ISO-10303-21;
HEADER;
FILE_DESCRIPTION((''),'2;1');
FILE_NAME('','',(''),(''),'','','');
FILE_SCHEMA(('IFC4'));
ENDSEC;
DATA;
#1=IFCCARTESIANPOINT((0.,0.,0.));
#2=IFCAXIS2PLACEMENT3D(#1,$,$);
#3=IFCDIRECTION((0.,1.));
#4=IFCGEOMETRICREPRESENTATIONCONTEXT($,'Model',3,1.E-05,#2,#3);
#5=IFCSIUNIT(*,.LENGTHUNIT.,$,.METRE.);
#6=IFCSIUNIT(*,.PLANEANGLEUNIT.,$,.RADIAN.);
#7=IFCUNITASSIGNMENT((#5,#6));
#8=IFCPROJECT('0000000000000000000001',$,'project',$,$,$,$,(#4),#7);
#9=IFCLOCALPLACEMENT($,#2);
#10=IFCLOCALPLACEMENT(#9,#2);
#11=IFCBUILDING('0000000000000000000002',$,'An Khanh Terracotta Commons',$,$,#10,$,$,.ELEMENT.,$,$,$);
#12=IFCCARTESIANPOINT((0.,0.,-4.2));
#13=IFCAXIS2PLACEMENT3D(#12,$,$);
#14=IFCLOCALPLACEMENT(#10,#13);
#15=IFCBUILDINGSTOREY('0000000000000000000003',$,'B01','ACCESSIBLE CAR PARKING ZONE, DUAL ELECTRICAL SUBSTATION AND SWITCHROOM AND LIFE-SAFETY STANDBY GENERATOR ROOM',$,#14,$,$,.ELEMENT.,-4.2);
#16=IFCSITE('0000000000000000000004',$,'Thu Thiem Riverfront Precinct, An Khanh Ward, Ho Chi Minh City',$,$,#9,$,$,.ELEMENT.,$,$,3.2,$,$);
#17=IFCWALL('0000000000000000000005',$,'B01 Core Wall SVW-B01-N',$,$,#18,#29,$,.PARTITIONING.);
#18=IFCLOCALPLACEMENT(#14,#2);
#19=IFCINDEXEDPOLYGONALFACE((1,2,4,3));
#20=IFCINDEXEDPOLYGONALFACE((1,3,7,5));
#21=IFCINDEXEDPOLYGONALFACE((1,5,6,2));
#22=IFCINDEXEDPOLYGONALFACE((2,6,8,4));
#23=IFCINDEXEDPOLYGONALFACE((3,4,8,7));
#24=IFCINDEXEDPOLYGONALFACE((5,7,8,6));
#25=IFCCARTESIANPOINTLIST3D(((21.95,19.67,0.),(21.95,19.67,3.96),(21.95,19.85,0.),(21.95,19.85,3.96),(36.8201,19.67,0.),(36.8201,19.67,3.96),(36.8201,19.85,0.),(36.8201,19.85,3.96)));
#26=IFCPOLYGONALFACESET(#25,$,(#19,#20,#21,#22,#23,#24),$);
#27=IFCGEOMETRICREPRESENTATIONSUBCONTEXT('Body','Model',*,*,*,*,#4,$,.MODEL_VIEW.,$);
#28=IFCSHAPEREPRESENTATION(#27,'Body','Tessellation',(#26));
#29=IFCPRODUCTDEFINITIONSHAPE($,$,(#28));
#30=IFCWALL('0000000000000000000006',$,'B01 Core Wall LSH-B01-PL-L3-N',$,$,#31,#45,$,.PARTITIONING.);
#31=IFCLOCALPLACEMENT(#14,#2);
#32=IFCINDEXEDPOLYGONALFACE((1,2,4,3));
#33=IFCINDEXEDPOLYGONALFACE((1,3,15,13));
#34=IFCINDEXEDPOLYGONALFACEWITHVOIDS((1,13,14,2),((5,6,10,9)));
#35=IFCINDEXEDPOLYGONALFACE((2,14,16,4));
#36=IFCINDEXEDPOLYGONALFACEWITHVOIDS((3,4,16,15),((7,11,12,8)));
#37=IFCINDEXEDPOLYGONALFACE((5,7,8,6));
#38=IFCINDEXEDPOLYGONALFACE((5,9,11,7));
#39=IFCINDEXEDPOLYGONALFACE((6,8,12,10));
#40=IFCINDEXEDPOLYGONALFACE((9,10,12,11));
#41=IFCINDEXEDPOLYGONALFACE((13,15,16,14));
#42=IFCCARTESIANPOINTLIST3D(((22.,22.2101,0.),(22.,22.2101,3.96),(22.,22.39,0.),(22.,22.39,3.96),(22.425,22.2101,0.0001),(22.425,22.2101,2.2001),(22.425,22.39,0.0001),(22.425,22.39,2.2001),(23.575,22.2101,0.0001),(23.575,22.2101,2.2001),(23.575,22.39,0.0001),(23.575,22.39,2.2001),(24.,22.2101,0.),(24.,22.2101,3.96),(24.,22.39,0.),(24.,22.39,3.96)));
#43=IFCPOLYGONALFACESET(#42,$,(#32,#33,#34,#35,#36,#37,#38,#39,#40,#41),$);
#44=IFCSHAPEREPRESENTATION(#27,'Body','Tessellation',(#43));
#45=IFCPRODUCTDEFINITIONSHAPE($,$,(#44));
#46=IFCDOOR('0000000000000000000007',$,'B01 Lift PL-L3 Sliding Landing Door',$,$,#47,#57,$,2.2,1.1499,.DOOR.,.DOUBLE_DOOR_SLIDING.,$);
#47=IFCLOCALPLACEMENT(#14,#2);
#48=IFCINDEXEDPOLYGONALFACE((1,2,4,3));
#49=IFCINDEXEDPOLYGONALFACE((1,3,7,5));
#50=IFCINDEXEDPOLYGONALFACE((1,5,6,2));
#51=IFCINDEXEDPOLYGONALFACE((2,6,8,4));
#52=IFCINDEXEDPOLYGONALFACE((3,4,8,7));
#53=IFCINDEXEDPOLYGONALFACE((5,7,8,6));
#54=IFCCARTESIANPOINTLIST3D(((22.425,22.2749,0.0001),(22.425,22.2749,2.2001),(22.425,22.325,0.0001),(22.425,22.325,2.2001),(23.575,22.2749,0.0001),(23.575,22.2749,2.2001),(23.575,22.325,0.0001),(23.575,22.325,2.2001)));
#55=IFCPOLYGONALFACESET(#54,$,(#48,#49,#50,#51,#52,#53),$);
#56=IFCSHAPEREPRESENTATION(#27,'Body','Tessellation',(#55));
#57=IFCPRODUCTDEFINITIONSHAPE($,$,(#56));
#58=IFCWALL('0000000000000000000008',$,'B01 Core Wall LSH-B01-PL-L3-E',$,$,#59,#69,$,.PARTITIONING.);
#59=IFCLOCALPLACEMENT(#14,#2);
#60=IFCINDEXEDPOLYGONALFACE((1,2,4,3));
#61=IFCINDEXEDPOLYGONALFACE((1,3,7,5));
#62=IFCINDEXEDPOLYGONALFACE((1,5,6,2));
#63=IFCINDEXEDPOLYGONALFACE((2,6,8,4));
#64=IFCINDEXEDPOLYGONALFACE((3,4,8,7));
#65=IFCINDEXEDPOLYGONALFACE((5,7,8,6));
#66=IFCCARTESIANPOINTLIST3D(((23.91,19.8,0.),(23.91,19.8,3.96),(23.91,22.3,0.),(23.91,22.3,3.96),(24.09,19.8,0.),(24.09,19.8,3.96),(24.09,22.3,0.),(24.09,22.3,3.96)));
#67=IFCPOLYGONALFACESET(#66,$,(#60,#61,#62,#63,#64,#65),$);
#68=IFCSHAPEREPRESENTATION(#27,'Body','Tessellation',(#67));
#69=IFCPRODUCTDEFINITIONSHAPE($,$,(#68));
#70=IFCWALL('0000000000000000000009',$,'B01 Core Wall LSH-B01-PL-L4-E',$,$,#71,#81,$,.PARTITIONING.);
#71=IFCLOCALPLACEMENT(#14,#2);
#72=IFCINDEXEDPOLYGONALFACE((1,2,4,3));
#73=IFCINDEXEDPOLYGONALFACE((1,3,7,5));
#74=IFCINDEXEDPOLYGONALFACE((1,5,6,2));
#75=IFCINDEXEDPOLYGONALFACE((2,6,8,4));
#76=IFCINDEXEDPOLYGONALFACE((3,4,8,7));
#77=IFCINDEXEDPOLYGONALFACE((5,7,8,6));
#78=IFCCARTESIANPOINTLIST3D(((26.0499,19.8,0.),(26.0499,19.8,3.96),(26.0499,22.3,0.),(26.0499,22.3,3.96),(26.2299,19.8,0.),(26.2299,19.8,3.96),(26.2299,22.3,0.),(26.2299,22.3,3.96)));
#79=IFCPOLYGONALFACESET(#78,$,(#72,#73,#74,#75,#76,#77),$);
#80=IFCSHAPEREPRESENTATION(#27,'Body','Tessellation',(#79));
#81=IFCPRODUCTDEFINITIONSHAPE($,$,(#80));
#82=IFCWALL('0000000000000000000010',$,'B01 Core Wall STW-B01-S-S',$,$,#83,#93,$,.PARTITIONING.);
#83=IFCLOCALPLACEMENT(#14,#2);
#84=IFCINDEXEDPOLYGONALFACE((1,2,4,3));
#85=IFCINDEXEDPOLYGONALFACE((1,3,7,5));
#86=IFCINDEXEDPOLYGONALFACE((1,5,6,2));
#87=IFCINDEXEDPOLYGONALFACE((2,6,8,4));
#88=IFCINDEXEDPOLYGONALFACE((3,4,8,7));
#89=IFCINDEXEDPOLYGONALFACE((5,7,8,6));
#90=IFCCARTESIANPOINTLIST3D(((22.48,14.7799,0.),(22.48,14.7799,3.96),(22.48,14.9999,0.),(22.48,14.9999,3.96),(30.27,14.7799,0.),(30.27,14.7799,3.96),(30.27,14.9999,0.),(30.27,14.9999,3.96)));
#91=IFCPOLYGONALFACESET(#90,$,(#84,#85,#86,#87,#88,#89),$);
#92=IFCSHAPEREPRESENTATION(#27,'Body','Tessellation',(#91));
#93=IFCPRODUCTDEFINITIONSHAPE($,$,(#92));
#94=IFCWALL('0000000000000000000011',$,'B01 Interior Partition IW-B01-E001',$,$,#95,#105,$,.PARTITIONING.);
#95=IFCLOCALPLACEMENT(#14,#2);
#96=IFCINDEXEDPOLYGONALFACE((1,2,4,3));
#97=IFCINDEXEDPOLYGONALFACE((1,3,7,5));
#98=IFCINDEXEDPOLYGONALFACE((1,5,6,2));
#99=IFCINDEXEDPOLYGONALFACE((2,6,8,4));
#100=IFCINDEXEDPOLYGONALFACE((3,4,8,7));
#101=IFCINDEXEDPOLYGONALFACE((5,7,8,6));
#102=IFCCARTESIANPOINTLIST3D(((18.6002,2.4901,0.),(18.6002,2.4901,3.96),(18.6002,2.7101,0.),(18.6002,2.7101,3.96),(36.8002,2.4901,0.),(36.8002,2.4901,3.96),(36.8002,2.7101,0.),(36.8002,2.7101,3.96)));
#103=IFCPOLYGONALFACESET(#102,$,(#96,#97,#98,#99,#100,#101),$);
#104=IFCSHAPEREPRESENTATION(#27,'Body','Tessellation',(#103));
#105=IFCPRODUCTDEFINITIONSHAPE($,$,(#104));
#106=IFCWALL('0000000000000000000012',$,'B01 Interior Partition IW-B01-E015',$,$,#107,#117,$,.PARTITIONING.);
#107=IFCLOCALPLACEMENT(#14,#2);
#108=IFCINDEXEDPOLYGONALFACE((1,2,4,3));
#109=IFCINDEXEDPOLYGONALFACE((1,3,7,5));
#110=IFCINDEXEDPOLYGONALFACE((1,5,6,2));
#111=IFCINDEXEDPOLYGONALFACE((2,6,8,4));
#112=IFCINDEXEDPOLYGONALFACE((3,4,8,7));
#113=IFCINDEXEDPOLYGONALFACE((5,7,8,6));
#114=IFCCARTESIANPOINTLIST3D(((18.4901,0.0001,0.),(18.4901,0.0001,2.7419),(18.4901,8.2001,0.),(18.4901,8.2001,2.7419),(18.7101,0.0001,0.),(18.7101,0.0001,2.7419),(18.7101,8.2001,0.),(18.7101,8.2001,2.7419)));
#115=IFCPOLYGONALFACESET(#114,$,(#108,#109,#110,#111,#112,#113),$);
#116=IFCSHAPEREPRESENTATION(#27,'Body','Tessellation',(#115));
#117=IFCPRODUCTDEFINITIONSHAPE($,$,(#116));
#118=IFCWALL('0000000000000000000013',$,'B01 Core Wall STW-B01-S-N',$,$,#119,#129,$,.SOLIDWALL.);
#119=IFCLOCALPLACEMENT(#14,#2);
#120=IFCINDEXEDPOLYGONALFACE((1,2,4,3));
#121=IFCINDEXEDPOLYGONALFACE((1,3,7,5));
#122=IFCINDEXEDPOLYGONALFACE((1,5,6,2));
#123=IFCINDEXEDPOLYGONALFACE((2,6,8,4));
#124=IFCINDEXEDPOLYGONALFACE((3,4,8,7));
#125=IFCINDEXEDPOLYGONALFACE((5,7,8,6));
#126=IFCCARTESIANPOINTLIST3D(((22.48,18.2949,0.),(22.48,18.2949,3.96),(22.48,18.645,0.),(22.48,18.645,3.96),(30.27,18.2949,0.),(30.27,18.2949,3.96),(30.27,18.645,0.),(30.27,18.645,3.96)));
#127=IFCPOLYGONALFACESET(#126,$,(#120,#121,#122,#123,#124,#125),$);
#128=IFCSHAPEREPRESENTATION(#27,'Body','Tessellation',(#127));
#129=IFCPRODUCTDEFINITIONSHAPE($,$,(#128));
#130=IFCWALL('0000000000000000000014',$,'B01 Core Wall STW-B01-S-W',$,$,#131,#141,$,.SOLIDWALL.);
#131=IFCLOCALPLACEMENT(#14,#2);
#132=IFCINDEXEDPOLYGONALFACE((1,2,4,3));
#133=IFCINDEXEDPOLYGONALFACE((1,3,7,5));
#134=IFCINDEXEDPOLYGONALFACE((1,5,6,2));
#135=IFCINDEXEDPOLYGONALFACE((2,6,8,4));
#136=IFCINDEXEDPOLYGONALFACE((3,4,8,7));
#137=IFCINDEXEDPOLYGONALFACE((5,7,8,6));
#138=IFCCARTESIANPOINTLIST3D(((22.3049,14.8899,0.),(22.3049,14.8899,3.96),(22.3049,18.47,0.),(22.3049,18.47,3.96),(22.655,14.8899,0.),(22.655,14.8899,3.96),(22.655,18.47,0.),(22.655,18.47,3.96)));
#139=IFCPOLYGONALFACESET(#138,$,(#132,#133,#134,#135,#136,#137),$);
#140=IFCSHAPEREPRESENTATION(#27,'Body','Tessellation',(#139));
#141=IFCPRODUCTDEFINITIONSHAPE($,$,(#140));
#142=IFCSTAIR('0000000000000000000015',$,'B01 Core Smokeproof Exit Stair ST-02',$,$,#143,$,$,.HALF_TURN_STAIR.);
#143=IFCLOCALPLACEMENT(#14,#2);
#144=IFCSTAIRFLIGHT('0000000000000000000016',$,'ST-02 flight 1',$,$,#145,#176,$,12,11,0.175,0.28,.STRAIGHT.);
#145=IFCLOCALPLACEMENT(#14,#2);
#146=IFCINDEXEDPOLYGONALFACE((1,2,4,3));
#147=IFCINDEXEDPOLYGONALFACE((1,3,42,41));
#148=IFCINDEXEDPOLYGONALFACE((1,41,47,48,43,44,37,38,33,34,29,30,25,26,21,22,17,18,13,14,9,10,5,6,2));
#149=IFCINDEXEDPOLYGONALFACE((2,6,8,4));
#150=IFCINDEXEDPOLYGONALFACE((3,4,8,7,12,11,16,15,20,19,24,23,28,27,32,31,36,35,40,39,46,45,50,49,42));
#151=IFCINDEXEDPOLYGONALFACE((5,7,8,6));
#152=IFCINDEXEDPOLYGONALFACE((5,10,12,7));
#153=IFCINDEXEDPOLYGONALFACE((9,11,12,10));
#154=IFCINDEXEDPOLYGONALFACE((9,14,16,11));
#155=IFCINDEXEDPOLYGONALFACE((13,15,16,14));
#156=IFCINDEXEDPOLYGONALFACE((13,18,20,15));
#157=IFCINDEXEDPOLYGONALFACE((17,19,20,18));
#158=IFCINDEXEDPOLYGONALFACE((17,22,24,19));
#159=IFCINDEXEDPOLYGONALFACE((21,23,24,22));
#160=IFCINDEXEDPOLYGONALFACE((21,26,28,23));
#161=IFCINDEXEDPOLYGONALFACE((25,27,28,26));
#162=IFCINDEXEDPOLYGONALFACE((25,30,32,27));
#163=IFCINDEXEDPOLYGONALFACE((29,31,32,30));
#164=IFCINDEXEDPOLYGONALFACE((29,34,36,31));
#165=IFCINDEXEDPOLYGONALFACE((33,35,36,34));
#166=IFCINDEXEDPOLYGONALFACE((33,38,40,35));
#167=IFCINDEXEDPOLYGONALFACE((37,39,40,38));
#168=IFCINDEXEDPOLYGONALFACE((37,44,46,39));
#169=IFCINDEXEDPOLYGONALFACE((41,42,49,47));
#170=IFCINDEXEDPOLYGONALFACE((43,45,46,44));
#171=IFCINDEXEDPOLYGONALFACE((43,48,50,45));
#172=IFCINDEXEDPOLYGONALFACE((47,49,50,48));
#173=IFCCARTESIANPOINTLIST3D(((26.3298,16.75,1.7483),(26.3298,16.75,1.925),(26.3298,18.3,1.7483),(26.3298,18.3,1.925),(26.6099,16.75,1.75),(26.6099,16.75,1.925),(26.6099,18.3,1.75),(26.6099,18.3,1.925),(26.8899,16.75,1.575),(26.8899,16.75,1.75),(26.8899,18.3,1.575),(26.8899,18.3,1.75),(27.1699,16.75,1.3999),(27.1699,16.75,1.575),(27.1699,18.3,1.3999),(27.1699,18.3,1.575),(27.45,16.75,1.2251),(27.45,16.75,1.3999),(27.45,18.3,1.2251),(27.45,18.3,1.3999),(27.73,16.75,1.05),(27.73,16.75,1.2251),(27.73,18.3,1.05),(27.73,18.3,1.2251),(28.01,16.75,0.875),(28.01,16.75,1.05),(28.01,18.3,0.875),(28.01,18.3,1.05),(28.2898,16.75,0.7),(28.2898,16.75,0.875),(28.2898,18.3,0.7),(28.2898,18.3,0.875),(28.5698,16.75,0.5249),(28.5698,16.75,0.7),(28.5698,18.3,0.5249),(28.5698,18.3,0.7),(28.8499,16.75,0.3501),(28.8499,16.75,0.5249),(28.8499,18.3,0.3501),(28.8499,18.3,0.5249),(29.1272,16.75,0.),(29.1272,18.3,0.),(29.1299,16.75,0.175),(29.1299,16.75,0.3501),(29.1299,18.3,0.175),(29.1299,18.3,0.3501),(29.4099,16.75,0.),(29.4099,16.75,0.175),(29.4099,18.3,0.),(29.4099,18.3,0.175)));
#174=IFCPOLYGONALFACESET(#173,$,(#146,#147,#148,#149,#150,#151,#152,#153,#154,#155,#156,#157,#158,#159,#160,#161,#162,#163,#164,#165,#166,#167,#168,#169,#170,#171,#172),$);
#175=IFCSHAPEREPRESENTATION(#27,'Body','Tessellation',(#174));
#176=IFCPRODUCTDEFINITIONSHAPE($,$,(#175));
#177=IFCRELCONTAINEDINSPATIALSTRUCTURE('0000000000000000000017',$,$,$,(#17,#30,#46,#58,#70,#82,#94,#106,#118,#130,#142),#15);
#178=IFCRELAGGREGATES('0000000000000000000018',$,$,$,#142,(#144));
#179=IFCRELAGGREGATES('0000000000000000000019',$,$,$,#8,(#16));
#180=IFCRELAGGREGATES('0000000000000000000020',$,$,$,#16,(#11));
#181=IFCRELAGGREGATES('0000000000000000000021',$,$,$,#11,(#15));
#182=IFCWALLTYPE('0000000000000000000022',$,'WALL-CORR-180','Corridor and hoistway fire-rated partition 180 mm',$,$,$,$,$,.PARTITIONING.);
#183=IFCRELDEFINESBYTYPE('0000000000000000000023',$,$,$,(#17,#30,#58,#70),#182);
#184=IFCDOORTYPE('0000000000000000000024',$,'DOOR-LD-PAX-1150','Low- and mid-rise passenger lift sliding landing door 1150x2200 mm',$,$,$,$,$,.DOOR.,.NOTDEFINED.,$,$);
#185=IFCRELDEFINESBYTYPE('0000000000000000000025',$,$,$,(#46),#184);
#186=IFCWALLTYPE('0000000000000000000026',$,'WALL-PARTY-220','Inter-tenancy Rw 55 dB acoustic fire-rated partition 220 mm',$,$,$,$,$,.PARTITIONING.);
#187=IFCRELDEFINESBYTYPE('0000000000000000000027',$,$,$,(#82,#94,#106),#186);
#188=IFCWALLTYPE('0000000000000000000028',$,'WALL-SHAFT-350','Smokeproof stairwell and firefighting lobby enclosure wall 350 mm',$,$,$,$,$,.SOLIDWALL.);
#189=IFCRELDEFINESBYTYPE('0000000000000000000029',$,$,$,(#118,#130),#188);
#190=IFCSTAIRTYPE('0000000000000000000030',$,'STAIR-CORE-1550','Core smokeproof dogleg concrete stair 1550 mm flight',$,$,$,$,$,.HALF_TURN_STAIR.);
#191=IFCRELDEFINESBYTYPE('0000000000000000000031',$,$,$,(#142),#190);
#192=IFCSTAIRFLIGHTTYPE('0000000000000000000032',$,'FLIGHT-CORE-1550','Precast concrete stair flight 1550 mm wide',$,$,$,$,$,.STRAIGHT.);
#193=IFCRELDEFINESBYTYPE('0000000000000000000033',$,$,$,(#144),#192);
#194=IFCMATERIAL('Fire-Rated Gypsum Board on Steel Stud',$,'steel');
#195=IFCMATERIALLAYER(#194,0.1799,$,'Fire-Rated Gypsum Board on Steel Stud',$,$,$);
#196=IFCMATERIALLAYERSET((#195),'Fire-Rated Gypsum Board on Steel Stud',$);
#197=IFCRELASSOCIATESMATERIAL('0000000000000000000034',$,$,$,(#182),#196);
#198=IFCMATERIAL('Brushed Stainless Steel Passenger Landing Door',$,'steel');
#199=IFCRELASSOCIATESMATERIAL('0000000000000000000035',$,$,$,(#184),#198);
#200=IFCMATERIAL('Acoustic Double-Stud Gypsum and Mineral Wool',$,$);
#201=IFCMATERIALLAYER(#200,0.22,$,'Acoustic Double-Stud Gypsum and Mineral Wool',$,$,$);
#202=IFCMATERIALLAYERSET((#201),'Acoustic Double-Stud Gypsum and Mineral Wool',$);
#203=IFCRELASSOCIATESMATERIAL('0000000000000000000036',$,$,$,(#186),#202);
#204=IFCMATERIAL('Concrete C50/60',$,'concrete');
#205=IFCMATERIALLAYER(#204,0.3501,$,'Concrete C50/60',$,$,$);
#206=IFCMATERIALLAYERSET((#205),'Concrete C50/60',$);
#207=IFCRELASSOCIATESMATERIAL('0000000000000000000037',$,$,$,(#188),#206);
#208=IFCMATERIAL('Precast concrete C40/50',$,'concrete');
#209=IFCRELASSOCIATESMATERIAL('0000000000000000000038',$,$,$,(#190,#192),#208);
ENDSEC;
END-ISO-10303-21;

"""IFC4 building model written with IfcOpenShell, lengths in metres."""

from ifc_helpers import new_model, si_unit, direction, frame, frame_2d, origin, place, context, subcontext, project, spatial, polyline, rectangle, outline, extrude, material, layer, layer_set, type_object, element, fill, aggregate, save


model = new_model("IFC4")

# Units and contexts
model_context = context("Model", 3, precision=1e-05, world=origin(), true_north=direction((0.0, 1.0)))
body_context = subcontext(model_context, "Body", "Model", "MODEL_VIEW")
ifc_project = project(units=[si_unit("LENGTHUNIT", "METRE"), si_unit("PLANEANGLEUNIT", "RADIAN")], contexts=[model_context])

# Site, building, storey
site_placement = place(None, origin())
site = spatial("IfcSite", under=ifc_project, at=site_placement, Name="Thu Thiem Riverfront Precinct, An Khanh Ward, Ho Chi Minh City", CompositionType="ELEMENT", RefElevation=3.2)
building_placement = place(site_placement, origin())
building = spatial("IfcBuilding", under=site, at=building_placement, Name="An Khanh Terracotta Commons", CompositionType="ELEMENT")
storey_placement = place(building_placement, frame((0.0, 0.0, -4.2)))
storey = spatial("IfcBuildingStorey", under=building, at=storey_placement, Name="B01", Description="ACCESSIBLE CAR PARKING ZONE, DUAL ELECTRICAL SUBSTATION AND SWITCHROOM AND LIFE-SAFETY STANDBY GENERATOR ROOM", CompositionType="ELEMENT", Elevation=-4.2)

# Shared definitions
ifc_material_1 = material(Name="Concrete C50/60", Category="concrete")

# Wall
ifc_material_2 = material(Name="Fire-Rated Gypsum Board on Steel Stud", Category="steel")
ifc_layer_1 = layer(ifc_material_2, 0.1799, Name="Fire-Rated Gypsum Board on Steel Stud")
ifc_layer_set_1 = layer_set([ifc_layer_1], Name="Fire-Rated Gypsum Board on Steel Stud")
wall_type_1 = type_object("IfcWallType", Name="WALL-CORR-180", Description="Corridor and hoistway fire-rated partition 180 mm", PredefinedType="PARTITIONING", material=ifc_layer_set_1)
wall_1_placement = place(storey_placement, frame((21.95, 19.76, 0.0), z_axis=(0.0, 0.0, 1.0), x_axis=(1.0, 0.0, 0.0)))
element("IfcWall", 1, at=wall_1_placement, inside=storey, type_object=wall_type_1, Name="B01 Core Wall SVW-B01-N", PredefinedType="PARTITIONING", context=body_context, shape_type="SweptSolid", body=[
    extrude(rectangle(XDim=14.8701, YDim=0.1799, at=frame_2d((7.4351, 0.0))), origin(), (0.0, 0.0, 1.0), 3.96),
])

# Wall, opening, door
wall_2_placement = place(storey_placement, frame((22.0, 22.3, 0.0), z_axis=(0.0, 0.0, 1.0), x_axis=(1.0, 0.0, 0.0)))
wall_2 = element("IfcWall", 2, at=wall_2_placement, inside=storey, type_object=wall_type_1, Name="B01 Core Wall LSH-B01-PL-L3-N", PredefinedType="PARTITIONING", context=body_context, shape_type="SweptSolid", body=[
    extrude(rectangle(XDim=2.0, YDim=0.1799, at=frame_2d((1.0, 0.0))), origin(), (0.0, 0.0, 1.0), 3.96),
])
opening_placement = place(wall_2_placement, frame((0.425, 0.0, 0.0)))
opening = element("IfcOpeningElement", 3, at=opening_placement, cuts=wall_2, PredefinedType="OPENING", context=body_context, shape_type="SweptSolid", body=[
    extrude(rectangle(XDim=1.1499, YDim=2.2, at=frame_2d((0.575, 1.1001))), frame((0.0, 0.0999, 0.0), z_axis=(0.0, -1.0, 0.0), x_axis=(1.0, 0.0, 0.0)), (0.0, 0.0, 1.0), 0.2),
])
ifc_material_3 = material(Name="Brushed Stainless Steel Passenger Landing Door", Category="steel")
door_type = type_object("IfcDoorType", Name="DOOR-LD-PAX-1150", Description="Low- and mid-rise passenger lift sliding landing door 1150x2200 mm", OperationType="NOTDEFINED", PredefinedType="DOOR", material=ifc_material_3)
door_placement = place(opening_placement, origin())
door = element("IfcDoor", 4, at=door_placement, inside=storey, type_object=door_type, Name="B01 Lift PL-L3 Sliding Landing Door", OperationType="DOUBLE_DOOR_SLIDING", OverallHeight=2.2, OverallWidth=1.1499, PredefinedType="DOOR", context=body_context, shape_type="SweptSolid", body=[
    extrude(rectangle(XDim=1.1499, YDim=2.2, at=frame_2d((0.575, 1.1001))), frame((0.0, 0.0249, 0.0), z_axis=(0.0, -1.0, 0.0), x_axis=(1.0, 0.0, 0.0)), (0.0, 0.0, 1.0), 0.05),
])
fill(opening, door)

# Walls
for number, where, z_axis, x_axis, name in (
    (5, (24.0, 19.8, 0.0), (0.0, 0.0, 1.0), (0.0, 1.0, 0.0), "B01 Core Wall LSH-B01-PL-L3-E"),
    (6, (26.1399, 19.8, 0.0), (0.0, 0.0, 1.0), (0.0, 1.0, 0.0), "B01 Core Wall LSH-B01-PL-L4-E"),
):
    element("IfcWall", number, at=place(storey_placement, frame(where, z_axis=z_axis, x_axis=x_axis)), inside=storey, type_object=wall_type_1, Name=name, PredefinedType="PARTITIONING", context=body_context, shape_type="SweptSolid", body=[
        extrude(rectangle(XDim=2.5, YDim=0.1799, at=frame_2d((1.25, 0.0))), origin(), (0.0, 0.0, 1.0), 3.96),
    ])
ifc_material_4 = material(Name="Acoustic Double-Stud Gypsum and Mineral Wool")
ifc_layer_2 = layer(ifc_material_4, 0.22, Name="Acoustic Double-Stud Gypsum and Mineral Wool")
ifc_layer_set_2 = layer_set([ifc_layer_2], Name="Acoustic Double-Stud Gypsum and Mineral Wool")
wall_type_2 = type_object("IfcWallType", Name="WALL-PARTY-220", Description="Inter-tenancy Rw 55 dB acoustic fire-rated partition 220 mm", PredefinedType="PARTITIONING", material=ifc_layer_set_2)
wall_3_placement = place(storey_placement, frame((22.48, 14.8899, 0.0), z_axis=(0.0, 0.0, 1.0), x_axis=(1.0, 0.0, 0.0)))
element("IfcWall", 7, at=wall_3_placement, inside=storey, type_object=wall_type_2, Name="B01 Core Wall STW-B01-S-S", PredefinedType="PARTITIONING", context=body_context, shape_type="SweptSolid", body=[
    extrude(rectangle(XDim=7.79, YDim=0.22, at=frame_2d((3.895, 0.0))), origin(), (0.0, 0.0, 1.0), 3.96),
])
wall_4_placement = place(storey_placement, frame((18.6001, 2.6001, 0.0), z_axis=(0.0, 0.0, 1.0), x_axis=(1.0, 0.0, 0.0)))
element("IfcWall", 8, at=wall_4_placement, inside=storey, type_object=wall_type_2, Name="B01 Interior Partition IW-B01-E001", PredefinedType="PARTITIONING", context=body_context, shape_type="SweptSolid", body=[
    extrude(rectangle(XDim=18.2, YDim=0.22, at=frame_2d((9.1001, 0.0))), origin(), (0.0, 0.0, 1.0), 3.96),
])
wall_5_placement = place(storey_placement, frame((18.6001, 0.0, 0.0), z_axis=(0.0, 0.0, 1.0), x_axis=(0.0, 1.0, 0.0)))
element("IfcWall", 9, at=wall_5_placement, inside=storey, type_object=wall_type_2, Name="B01 Interior Partition IW-B01-E015", PredefinedType="PARTITIONING", context=body_context, shape_type="SweptSolid", body=[
    extrude(rectangle(XDim=8.2, YDim=0.22, at=frame_2d((4.1001, 0.0))), origin(), (0.0, 0.0, 1.0), 2.7419),
])
ifc_layer_3 = layer(ifc_material_1, 0.3501, Name="Concrete C50/60")
ifc_layer_set_3 = layer_set([ifc_layer_3], Name="Concrete C50/60")
wall_type_3 = type_object("IfcWallType", Name="WALL-SHAFT-350", Description="Smokeproof stairwell and firefighting lobby enclosure wall 350 mm", PredefinedType="SOLIDWALL", material=ifc_layer_set_3)
wall_6_placement = place(storey_placement, frame((22.48, 18.47, 0.0), z_axis=(0.0, 0.0, 1.0), x_axis=(1.0, 0.0, 0.0)))
element("IfcWall", 10, at=wall_6_placement, inside=storey, type_object=wall_type_3, Name="B01 Core Wall STW-B01-S-N", PredefinedType="SOLIDWALL", context=body_context, shape_type="SweptSolid", body=[
    extrude(rectangle(XDim=7.79, YDim=0.3501, at=frame_2d((3.895, 0.0))), origin(), (0.0, 0.0, 1.0), 3.96),
])
wall_7_placement = place(storey_placement, frame((22.48, 14.8899, 0.0), z_axis=(0.0, 0.0, 1.0), x_axis=(0.0, 1.0, 0.0)))
element("IfcWall", 11, at=wall_7_placement, inside=storey, type_object=wall_type_3, Name="B01 Core Wall STW-B01-S-W", PredefinedType="SOLIDWALL", context=body_context, shape_type="SweptSolid", body=[
    extrude(rectangle(XDim=3.5801, YDim=0.3501, at=frame_2d((1.79, 0.0))), origin(), (0.0, 0.0, 1.0), 3.96),
])

# Stair, stair flight
ifc_material_5 = material(Name="Precast concrete C40/50", Category="concrete")
stair_type = type_object("IfcStairType", Name="STAIR-CORE-1550", Description="Core smokeproof dogleg concrete stair 1550 mm flight", PredefinedType="HALF_TURN_STAIR", material=ifc_material_5)
stair_placement = place(storey_placement, origin())
stair = element("IfcStair", 12, at=stair_placement, inside=storey, type_object=stair_type, Name="B01 Core Smokeproof Exit Stair ST-02", PredefinedType="HALF_TURN_STAIR")
stair_flight_type = type_object("IfcStairFlightType", Name="FLIGHT-CORE-1550", Description="Precast concrete stair flight 1550 mm wide", PredefinedType="STRAIGHT", material=ifc_material_5)
stair_flight_1_placement = place(storey_placement, frame((29.4099, 17.5249, 0.0), z_axis=(0.0, 0.0, 1.0), x_axis=(-1.0, 0.0, 0.0)))
stair_flight_1 = element("IfcStairFlight", 13, at=stair_flight_1_placement, type_object=stair_flight_type, Name="ST-02 flight 1", NumberOfRisers=12, NumberOfTreads=11, PredefinedType="STRAIGHT", RiserHeight=0.175, TreadLength=0.28, context=body_context, shape_type="SweptSolid", body=[
    extrude(outline(polyline([(0.0, 0.0), (0.0, 0.175), (0.28, 0.175), (0.28, 0.3501), (0.5601, 0.3501), (0.5601, 0.5249), (0.8401, 0.5249), (0.8401, 0.7), (1.1201, 0.7), (1.1201, 0.875), (1.3999, 0.875), (1.3999, 1.05), (1.6799, 1.05), (1.6799, 1.2251), (1.96, 1.2251), (1.96, 1.3999), (2.24, 1.3999), (2.24, 1.575), (2.52, 1.575), (2.52, 1.75), (2.8, 1.75), (2.8, 1.925), (3.0801, 1.925), (3.0801, 2.1001), (3.0801, 1.7483), (0.2827, 0.0), (0.0, 0.0)])), frame((0.0, 0.7749, 0.0), z_axis=(0.0, -1.0, 0.0), x_axis=(1.0, 0.0, 0.0)), (0.0, 0.0, 1.0), 1.55),
])
aggregate(stair, [stair_flight_1])

save(model, "model.ifc")
